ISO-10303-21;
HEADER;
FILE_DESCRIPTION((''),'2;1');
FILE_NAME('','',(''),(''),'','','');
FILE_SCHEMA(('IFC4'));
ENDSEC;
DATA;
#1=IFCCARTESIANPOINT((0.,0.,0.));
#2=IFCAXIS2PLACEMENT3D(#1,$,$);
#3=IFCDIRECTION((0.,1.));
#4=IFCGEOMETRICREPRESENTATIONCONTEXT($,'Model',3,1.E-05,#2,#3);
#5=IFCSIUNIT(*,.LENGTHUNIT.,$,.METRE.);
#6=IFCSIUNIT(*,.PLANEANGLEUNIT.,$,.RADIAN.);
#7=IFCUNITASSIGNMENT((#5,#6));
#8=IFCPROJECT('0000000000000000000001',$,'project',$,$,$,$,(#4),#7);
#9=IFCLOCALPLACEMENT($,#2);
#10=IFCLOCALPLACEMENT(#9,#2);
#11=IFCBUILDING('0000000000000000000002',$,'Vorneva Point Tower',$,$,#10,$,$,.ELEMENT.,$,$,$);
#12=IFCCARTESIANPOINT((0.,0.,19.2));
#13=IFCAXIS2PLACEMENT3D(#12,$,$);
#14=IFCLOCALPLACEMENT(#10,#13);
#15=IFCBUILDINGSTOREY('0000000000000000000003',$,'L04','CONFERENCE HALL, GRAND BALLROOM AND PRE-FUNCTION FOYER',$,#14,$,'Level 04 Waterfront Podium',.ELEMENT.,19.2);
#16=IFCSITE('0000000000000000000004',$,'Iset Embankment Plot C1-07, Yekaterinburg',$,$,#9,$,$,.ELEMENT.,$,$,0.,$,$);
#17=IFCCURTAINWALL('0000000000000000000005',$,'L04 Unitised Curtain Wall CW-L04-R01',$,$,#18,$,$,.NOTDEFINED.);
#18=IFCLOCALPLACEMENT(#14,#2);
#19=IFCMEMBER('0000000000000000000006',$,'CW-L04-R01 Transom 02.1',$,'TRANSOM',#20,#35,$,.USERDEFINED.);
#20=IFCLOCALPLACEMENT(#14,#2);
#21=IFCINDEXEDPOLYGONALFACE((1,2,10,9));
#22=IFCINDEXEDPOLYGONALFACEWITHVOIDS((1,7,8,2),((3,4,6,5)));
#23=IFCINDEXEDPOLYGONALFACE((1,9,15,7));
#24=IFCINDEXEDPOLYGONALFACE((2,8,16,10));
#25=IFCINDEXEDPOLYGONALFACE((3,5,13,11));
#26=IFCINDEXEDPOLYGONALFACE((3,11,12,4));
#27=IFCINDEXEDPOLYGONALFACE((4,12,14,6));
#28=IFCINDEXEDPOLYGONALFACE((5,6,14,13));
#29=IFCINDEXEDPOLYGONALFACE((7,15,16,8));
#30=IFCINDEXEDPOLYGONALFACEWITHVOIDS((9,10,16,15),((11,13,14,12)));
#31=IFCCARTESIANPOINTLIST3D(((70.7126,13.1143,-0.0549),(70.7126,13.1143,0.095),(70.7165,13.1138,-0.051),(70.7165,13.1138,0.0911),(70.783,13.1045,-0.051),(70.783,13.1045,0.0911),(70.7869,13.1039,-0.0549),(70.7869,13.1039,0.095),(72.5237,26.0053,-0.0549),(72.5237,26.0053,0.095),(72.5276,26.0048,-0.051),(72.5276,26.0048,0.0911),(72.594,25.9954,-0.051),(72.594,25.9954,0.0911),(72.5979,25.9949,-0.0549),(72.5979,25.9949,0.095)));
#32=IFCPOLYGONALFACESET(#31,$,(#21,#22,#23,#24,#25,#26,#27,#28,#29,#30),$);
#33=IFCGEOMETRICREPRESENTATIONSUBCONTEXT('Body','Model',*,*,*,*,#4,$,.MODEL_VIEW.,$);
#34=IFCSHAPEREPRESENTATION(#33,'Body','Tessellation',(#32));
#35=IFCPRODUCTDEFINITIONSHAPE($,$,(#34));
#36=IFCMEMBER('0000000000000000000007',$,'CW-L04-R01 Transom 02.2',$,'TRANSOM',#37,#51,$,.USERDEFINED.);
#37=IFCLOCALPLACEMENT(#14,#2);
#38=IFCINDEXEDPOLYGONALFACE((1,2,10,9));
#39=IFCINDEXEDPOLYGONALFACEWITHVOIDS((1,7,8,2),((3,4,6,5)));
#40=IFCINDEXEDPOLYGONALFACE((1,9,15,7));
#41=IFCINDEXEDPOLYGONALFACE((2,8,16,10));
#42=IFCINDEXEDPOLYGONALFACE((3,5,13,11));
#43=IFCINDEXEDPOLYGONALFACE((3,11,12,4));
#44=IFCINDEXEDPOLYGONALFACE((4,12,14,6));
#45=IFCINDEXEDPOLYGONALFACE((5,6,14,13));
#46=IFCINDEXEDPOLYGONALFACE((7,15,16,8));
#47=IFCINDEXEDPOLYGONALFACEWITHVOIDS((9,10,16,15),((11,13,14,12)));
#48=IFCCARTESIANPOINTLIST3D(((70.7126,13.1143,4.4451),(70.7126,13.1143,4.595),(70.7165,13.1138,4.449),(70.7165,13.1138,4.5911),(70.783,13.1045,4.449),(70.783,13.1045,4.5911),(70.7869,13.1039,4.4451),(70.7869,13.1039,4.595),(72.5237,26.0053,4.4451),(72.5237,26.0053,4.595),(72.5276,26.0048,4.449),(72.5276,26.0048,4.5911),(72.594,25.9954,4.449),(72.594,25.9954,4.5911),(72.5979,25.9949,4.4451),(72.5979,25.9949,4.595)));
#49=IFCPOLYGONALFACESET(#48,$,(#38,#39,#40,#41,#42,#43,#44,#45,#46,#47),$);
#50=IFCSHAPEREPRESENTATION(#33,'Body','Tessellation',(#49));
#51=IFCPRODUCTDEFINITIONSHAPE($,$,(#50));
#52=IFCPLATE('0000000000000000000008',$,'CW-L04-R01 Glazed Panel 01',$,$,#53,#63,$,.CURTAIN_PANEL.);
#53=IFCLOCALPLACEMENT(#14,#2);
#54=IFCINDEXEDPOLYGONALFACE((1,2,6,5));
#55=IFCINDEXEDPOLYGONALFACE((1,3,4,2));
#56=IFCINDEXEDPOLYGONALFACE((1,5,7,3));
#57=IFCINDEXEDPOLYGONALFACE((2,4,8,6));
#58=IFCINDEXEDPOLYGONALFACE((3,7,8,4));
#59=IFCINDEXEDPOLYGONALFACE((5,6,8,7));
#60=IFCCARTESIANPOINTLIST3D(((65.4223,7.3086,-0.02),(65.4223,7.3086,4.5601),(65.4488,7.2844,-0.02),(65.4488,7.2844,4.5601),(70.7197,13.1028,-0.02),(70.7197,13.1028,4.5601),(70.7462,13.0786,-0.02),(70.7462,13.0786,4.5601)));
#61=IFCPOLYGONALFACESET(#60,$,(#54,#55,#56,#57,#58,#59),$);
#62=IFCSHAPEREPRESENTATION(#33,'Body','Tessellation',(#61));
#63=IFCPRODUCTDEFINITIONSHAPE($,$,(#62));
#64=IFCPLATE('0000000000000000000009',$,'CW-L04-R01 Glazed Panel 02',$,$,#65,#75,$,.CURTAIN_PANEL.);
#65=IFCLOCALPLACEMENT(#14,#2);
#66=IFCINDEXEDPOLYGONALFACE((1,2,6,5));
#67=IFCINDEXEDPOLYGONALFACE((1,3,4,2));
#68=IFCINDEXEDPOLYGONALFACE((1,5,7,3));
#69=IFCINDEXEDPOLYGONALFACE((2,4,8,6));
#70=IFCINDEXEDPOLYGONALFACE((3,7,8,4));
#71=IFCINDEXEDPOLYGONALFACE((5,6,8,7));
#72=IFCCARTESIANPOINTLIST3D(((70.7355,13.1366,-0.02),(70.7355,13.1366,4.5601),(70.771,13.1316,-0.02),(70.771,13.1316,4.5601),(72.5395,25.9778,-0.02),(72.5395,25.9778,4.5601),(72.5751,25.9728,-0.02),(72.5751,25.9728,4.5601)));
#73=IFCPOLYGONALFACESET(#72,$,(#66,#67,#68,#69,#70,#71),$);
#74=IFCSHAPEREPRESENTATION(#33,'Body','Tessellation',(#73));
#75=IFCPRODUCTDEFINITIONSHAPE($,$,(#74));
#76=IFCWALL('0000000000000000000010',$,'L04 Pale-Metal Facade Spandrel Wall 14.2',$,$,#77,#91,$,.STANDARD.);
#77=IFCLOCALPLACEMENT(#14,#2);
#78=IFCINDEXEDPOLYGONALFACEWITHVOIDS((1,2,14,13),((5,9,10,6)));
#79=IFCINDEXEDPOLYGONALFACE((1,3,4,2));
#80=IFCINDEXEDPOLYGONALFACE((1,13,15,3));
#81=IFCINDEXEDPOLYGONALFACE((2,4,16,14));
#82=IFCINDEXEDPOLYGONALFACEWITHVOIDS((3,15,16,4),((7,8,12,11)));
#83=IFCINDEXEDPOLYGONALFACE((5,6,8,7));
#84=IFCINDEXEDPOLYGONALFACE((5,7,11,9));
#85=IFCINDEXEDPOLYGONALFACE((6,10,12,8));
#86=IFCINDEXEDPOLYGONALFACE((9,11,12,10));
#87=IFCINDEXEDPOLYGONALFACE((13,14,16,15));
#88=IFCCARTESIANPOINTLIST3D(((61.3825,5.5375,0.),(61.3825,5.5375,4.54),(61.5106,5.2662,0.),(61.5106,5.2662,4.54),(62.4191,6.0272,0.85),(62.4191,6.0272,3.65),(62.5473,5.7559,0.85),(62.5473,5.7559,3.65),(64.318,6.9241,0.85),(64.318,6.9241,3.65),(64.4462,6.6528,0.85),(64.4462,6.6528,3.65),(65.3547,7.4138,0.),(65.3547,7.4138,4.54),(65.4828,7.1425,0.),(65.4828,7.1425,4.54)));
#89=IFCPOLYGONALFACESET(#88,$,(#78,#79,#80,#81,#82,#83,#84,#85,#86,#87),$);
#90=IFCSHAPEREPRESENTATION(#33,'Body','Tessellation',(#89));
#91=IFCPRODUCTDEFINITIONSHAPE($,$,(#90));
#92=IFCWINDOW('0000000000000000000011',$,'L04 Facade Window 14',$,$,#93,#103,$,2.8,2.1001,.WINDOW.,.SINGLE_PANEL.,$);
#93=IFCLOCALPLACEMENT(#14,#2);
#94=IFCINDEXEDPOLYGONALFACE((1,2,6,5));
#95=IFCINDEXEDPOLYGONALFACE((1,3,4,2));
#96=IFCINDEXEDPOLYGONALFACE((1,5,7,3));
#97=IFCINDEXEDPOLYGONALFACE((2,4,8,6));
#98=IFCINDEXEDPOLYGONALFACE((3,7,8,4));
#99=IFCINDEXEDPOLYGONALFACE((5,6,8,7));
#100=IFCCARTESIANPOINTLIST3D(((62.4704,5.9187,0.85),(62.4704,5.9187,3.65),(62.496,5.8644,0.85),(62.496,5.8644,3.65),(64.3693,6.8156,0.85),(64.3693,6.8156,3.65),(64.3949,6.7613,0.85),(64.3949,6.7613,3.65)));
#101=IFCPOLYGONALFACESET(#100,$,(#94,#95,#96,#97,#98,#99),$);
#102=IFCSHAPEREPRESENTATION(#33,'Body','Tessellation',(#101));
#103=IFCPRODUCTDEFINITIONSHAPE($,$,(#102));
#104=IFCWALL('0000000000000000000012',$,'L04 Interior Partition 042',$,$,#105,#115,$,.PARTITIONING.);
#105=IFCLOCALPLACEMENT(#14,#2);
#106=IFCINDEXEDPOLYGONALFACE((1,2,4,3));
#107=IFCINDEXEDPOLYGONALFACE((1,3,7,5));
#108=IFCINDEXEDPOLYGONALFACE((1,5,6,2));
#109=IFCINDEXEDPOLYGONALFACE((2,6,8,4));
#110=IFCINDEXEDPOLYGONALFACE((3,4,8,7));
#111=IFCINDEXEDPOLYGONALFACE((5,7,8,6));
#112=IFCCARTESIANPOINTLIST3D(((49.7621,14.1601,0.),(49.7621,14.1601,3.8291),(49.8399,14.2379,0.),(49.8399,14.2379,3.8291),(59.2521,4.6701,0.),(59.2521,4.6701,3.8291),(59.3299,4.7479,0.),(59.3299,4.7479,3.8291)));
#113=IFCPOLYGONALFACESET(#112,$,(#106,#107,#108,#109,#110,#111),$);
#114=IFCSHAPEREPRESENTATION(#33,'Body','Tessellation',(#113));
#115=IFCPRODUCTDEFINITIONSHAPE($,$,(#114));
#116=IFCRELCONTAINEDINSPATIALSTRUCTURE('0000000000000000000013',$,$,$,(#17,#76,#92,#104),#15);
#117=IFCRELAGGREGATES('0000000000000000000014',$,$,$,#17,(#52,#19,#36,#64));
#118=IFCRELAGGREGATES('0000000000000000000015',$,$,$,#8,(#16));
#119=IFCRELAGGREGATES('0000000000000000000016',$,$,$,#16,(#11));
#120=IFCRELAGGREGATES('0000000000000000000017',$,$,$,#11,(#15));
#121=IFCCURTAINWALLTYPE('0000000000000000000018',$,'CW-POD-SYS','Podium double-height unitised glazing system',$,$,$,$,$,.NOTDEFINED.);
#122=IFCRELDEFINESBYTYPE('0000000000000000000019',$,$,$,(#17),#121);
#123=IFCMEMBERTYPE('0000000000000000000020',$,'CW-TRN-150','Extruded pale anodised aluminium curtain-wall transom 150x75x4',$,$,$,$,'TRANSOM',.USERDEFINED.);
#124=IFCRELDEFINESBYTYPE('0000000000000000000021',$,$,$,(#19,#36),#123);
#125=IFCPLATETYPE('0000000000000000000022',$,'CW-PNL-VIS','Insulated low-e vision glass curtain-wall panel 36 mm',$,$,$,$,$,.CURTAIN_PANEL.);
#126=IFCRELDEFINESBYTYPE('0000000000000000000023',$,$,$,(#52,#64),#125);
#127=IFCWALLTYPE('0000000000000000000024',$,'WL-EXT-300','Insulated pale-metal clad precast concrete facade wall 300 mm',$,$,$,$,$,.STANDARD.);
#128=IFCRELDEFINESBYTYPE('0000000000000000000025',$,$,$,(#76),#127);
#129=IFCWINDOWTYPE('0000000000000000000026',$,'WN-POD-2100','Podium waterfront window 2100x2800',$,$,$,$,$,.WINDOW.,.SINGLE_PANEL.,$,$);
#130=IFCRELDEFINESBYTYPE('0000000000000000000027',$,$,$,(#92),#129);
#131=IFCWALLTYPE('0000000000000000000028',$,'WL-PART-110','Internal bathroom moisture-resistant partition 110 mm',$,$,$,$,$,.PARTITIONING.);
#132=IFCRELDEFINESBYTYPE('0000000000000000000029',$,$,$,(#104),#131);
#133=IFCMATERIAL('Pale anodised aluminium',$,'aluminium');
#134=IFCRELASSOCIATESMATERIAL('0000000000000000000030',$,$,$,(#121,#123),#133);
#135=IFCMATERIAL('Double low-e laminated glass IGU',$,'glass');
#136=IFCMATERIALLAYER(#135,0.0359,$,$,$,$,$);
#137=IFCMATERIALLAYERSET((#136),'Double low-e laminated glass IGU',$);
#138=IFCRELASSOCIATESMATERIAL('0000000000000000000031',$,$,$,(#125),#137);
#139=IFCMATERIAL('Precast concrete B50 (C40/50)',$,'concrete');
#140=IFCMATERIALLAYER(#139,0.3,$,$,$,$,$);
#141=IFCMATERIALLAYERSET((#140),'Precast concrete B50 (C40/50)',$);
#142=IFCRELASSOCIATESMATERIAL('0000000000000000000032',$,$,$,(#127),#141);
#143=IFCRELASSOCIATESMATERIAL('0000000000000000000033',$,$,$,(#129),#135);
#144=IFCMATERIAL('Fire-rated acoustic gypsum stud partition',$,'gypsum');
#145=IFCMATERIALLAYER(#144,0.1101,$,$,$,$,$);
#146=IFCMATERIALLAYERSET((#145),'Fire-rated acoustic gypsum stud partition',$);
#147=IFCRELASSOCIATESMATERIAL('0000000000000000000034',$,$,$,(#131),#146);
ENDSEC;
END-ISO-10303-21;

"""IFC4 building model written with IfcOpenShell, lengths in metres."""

from ifc_helpers import new_model, si_unit, direction, frame, frame_2d, origin, origin_2d, place, context, subcontext, project, spatial, rectangle, hollow_rectangle, extrude, material, layer, layer_set, material_profile, profile_set, type_object, element, fill, aggregate, save


model = new_model("IFC4")

# Units and contexts
model_context = context("Model", 3, precision=1e-05, world=origin(), true_north=direction((0.0, 1.0)))
body_context = subcontext(model_context, "Body", "Model", "MODEL_VIEW")
ifc_project = project(units=[si_unit("LENGTHUNIT", "METRE"), si_unit("PLANEANGLEUNIT", "RADIAN")], contexts=[model_context])

# Site, building, storey
site_placement = place(None, origin())
site = spatial("IfcSite", under=ifc_project, at=site_placement, Name="Iset Embankment Plot C1-07, Yekaterinburg", CompositionType="ELEMENT", RefElevation=0.0)
building_placement = place(site_placement, origin())
building = spatial("IfcBuilding", under=site, at=building_placement, Name="Vorneva Point Tower", CompositionType="ELEMENT")
storey_placement = place(building_placement, frame((0.0, 0.0, 19.2)))
storey = spatial("IfcBuildingStorey", under=building, at=storey_placement, Name="L04", Description="CONFERENCE HALL, GRAND BALLROOM AND PRE-FUNCTION FOYER", LongName="Level 04 Waterfront Podium", CompositionType="ELEMENT", Elevation=19.2)

# Curtain wall, members, plates
ifc_material_1 = material(Name="Pale anodised aluminium", Category="aluminium")
curtain_wall_type = type_object("IfcCurtainWallType", Name="CW-POD-SYS", Description="Podium double-height unitised glazing system", PredefinedType="NOTDEFINED", material=ifc_material_1)
curtain_wall_placement = place(storey_placement, origin())
curtain_wall = element("IfcCurtainWall", 1, at=curtain_wall_placement, inside=storey, type_object=curtain_wall_type, Name="L04 Unitised Curtain Wall CW-L04-R01", PredefinedType="NOTDEFINED")
ifc_material_profile_1 = material_profile(ifc_material_1, hollow_rectangle(XDim=0.075, YDim=0.1499, WallThickness=0.0039, at=origin_2d()), Name="AL-TRN 150x75x4")
ifc_profile_set_1 = profile_set([ifc_material_profile_1], Name="Pale anodised aluminium")
member_type_1 = type_object("IfcMemberType", Name="CW-TRN-150", Description="Extruded pale anodised aluminium curtain-wall transom 150x75x4", ElementType="TRANSOM", PredefinedType="USERDEFINED", material=ifc_profile_set_1)
member_1_placement = place(storey_placement, frame((70.7498, 13.1091, 0.02), z_axis=(0.139124, 0.990275, 0.0), x_axis=(-0.990275, 0.139124, 0.0)))
member_1 = element("IfcMember", 2, at=member_1_placement, type_object=member_type_1, Name="CW-L04-R01 Transom 02.1", ObjectType="TRANSOM", PredefinedType="USERDEFINED", context=body_context, shape_type="SweptSolid", body=[
    extrude(hollow_rectangle(XDim=0.075, YDim=0.1499, WallThickness=0.0039, at=origin_2d()), origin(), (0.0, 0.0, 1.0), 13.0176),
])
member_2_placement = place(storey_placement, frame((70.7498, 13.1091, 4.52), z_axis=(0.139124, 0.990275, 0.0), x_axis=(-0.990275, 0.139124, 0.0)))
member_2 = element("IfcMember", 3, at=member_2_placement, type_object=member_type_1, Name="CW-L04-R01 Transom 02.2", ObjectType="TRANSOM", PredefinedType="USERDEFINED", context=body_context, shape_type="SweptSolid", body=[
    extrude(hollow_rectangle(XDim=0.075, YDim=0.1499, WallThickness=0.0039, at=origin_2d()), origin(), (0.0, 0.0, 1.0), 13.0176),
])
ifc_material_2 = material(Name="Double low-e laminated glass IGU", Category="glass")
ifc_layer_1 = layer(ifc_material_2, 0.0359)
ifc_layer_set_1 = layer_set([ifc_layer_1], Name="Double low-e laminated glass IGU")
plate_type = type_object("IfcPlateType", Name="CW-PNL-VIS", Description="Insulated low-e vision glass curtain-wall panel 36 mm", PredefinedType="CURTAIN_PANEL", material=ifc_layer_set_1)
plate_1_placement = place(storey_placement, frame((68.0842, 10.1936, -0.02), z_axis=(0.0, 0.0, 1.0), x_axis=(0.674753, 0.738043, 0.0)))
plate_1 = element("IfcPlate", 4, at=plate_1_placement, type_object=plate_type, Name="CW-L04-R01 Glazed Panel 01", PredefinedType="CURTAIN_PANEL", context=body_context, shape_type="SweptSolid", body=[
    extrude(rectangle(XDim=7.8508, YDim=0.0359, at=origin_2d()), origin(), (0.0, 0.0, 1.0), 4.5801),
])
plate_2_placement = place(storey_placement, frame((71.6553, 19.5547, -0.02), z_axis=(0.0, 0.0, 1.0), x_axis=(0.139121, 0.990275, 0.0)))
plate_2 = element("IfcPlate", 5, at=plate_2_placement, type_object=plate_type, Name="CW-L04-R01 Glazed Panel 02", PredefinedType="CURTAIN_PANEL", context=body_context, shape_type="SweptSolid", body=[
    extrude(rectangle(XDim=12.9673, YDim=0.0359, at=origin_2d()), origin(), (0.0, 0.0, 1.0), 4.5801),
])
aggregate(curtain_wall, [plate_1, member_1, member_2, plate_2])

# Wall, opening, window
ifc_material_3 = material(Name="Precast concrete B50 (C40/50)", Category="concrete")
ifc_layer_2 = layer(ifc_material_3, 0.3)
ifc_layer_set_2 = layer_set([ifc_layer_2], Name="Precast concrete B50 (C40/50)")
wall_type_1 = type_object("IfcWallType", Name="WL-EXT-300", Description="Insulated pale-metal clad precast concrete facade wall 300 mm", PredefinedType="STANDARD", material=ifc_layer_set_2)
wall_1_placement = place(storey_placement, frame((61.4465, 5.4019, 0.0), z_axis=(0.0, 0.0, 1.0), x_axis=(0.904207, 0.427095, 0.0)))
wall_1 = element("IfcWall", 6, at=wall_1_placement, inside=storey, type_object=wall_type_1, Name="L04 Pale-Metal Facade Spandrel Wall 14.2", PredefinedType="STANDARD", context=body_context, shape_type="SweptSolid", body=[
    extrude(rectangle(XDim=4.3931, YDim=0.3, at=frame_2d((2.1965, 0.0))), origin(), (0.0, 0.0, 1.0), 4.54),
])
opening_placement = place(wall_1_placement, frame((1.1465, 0.0, 0.8501)))
opening = element("IfcOpeningElement", 7, at=opening_placement, cuts=wall_1, PredefinedType="OPENING", context=body_context, shape_type="SweptSolid", body=[
    extrude(rectangle(XDim=2.1001, YDim=2.8, at=frame_2d((1.05, 1.3999))), frame((0.0, 0.165, 0.0), z_axis=(0.0, -1.0, 0.0), x_axis=(1.0, 0.0, 0.0)), (0.0, 0.0, 1.0), 0.3298),
])
window_type = type_object("IfcWindowType", Name="WN-POD-2100", Description="Podium waterfront window 2100x2800", PartitioningType="SINGLE_PANEL", PredefinedType="WINDOW", material=ifc_material_2)
window_placement = place(opening_placement, origin())
window = element("IfcWindow", 8, at=window_placement, inside=storey, type_object=window_type, Name="L04 Facade Window 14", OverallHeight=2.8, OverallWidth=2.1001, PartitioningType="SINGLE_PANEL", PredefinedType="WINDOW", context=body_context, shape_type="SweptSolid", body=[
    extrude(rectangle(XDim=2.1001, YDim=2.8, at=frame_2d((1.05, 1.3999))), frame((0.0, 0.03, 0.0), z_axis=(0.0, -1.0, 0.0), x_axis=(1.0, 0.0, 0.0)), (0.0, 0.0, 1.0), 0.0601),
])
fill(opening, window)

# Wall
ifc_material_4 = material(Name="Fire-rated acoustic gypsum stud partition", Category="gypsum")
ifc_layer_3 = layer(ifc_material_4, 0.1101)
ifc_layer_set_3 = layer_set([ifc_layer_3], Name="Fire-rated acoustic gypsum stud partition")
wall_type_2 = type_object("IfcWallType", Name="WL-PART-110", Description="Internal bathroom moisture-resistant partition 110 mm", PredefinedType="PARTITIONING", material=ifc_layer_set_3)
wall_2_placement = place(storey_placement, frame((59.291, 4.709, 0.0), z_axis=(0.0, 0.0, 1.0), x_axis=(-0.707107, 0.707107, 0.0)))
element("IfcWall", 9, at=wall_2_placement, inside=storey, type_object=wall_type_2, Name="L04 Interior Partition 042", PredefinedType="PARTITIONING", context=body_context, shape_type="SweptSolid", body=[
    extrude(rectangle(XDim=13.4209, YDim=0.1101, at=frame_2d((6.7104, 0.0))), origin(), (0.0, 0.0, 1.0), 3.8291),
])

save(model, "model.ifc")
